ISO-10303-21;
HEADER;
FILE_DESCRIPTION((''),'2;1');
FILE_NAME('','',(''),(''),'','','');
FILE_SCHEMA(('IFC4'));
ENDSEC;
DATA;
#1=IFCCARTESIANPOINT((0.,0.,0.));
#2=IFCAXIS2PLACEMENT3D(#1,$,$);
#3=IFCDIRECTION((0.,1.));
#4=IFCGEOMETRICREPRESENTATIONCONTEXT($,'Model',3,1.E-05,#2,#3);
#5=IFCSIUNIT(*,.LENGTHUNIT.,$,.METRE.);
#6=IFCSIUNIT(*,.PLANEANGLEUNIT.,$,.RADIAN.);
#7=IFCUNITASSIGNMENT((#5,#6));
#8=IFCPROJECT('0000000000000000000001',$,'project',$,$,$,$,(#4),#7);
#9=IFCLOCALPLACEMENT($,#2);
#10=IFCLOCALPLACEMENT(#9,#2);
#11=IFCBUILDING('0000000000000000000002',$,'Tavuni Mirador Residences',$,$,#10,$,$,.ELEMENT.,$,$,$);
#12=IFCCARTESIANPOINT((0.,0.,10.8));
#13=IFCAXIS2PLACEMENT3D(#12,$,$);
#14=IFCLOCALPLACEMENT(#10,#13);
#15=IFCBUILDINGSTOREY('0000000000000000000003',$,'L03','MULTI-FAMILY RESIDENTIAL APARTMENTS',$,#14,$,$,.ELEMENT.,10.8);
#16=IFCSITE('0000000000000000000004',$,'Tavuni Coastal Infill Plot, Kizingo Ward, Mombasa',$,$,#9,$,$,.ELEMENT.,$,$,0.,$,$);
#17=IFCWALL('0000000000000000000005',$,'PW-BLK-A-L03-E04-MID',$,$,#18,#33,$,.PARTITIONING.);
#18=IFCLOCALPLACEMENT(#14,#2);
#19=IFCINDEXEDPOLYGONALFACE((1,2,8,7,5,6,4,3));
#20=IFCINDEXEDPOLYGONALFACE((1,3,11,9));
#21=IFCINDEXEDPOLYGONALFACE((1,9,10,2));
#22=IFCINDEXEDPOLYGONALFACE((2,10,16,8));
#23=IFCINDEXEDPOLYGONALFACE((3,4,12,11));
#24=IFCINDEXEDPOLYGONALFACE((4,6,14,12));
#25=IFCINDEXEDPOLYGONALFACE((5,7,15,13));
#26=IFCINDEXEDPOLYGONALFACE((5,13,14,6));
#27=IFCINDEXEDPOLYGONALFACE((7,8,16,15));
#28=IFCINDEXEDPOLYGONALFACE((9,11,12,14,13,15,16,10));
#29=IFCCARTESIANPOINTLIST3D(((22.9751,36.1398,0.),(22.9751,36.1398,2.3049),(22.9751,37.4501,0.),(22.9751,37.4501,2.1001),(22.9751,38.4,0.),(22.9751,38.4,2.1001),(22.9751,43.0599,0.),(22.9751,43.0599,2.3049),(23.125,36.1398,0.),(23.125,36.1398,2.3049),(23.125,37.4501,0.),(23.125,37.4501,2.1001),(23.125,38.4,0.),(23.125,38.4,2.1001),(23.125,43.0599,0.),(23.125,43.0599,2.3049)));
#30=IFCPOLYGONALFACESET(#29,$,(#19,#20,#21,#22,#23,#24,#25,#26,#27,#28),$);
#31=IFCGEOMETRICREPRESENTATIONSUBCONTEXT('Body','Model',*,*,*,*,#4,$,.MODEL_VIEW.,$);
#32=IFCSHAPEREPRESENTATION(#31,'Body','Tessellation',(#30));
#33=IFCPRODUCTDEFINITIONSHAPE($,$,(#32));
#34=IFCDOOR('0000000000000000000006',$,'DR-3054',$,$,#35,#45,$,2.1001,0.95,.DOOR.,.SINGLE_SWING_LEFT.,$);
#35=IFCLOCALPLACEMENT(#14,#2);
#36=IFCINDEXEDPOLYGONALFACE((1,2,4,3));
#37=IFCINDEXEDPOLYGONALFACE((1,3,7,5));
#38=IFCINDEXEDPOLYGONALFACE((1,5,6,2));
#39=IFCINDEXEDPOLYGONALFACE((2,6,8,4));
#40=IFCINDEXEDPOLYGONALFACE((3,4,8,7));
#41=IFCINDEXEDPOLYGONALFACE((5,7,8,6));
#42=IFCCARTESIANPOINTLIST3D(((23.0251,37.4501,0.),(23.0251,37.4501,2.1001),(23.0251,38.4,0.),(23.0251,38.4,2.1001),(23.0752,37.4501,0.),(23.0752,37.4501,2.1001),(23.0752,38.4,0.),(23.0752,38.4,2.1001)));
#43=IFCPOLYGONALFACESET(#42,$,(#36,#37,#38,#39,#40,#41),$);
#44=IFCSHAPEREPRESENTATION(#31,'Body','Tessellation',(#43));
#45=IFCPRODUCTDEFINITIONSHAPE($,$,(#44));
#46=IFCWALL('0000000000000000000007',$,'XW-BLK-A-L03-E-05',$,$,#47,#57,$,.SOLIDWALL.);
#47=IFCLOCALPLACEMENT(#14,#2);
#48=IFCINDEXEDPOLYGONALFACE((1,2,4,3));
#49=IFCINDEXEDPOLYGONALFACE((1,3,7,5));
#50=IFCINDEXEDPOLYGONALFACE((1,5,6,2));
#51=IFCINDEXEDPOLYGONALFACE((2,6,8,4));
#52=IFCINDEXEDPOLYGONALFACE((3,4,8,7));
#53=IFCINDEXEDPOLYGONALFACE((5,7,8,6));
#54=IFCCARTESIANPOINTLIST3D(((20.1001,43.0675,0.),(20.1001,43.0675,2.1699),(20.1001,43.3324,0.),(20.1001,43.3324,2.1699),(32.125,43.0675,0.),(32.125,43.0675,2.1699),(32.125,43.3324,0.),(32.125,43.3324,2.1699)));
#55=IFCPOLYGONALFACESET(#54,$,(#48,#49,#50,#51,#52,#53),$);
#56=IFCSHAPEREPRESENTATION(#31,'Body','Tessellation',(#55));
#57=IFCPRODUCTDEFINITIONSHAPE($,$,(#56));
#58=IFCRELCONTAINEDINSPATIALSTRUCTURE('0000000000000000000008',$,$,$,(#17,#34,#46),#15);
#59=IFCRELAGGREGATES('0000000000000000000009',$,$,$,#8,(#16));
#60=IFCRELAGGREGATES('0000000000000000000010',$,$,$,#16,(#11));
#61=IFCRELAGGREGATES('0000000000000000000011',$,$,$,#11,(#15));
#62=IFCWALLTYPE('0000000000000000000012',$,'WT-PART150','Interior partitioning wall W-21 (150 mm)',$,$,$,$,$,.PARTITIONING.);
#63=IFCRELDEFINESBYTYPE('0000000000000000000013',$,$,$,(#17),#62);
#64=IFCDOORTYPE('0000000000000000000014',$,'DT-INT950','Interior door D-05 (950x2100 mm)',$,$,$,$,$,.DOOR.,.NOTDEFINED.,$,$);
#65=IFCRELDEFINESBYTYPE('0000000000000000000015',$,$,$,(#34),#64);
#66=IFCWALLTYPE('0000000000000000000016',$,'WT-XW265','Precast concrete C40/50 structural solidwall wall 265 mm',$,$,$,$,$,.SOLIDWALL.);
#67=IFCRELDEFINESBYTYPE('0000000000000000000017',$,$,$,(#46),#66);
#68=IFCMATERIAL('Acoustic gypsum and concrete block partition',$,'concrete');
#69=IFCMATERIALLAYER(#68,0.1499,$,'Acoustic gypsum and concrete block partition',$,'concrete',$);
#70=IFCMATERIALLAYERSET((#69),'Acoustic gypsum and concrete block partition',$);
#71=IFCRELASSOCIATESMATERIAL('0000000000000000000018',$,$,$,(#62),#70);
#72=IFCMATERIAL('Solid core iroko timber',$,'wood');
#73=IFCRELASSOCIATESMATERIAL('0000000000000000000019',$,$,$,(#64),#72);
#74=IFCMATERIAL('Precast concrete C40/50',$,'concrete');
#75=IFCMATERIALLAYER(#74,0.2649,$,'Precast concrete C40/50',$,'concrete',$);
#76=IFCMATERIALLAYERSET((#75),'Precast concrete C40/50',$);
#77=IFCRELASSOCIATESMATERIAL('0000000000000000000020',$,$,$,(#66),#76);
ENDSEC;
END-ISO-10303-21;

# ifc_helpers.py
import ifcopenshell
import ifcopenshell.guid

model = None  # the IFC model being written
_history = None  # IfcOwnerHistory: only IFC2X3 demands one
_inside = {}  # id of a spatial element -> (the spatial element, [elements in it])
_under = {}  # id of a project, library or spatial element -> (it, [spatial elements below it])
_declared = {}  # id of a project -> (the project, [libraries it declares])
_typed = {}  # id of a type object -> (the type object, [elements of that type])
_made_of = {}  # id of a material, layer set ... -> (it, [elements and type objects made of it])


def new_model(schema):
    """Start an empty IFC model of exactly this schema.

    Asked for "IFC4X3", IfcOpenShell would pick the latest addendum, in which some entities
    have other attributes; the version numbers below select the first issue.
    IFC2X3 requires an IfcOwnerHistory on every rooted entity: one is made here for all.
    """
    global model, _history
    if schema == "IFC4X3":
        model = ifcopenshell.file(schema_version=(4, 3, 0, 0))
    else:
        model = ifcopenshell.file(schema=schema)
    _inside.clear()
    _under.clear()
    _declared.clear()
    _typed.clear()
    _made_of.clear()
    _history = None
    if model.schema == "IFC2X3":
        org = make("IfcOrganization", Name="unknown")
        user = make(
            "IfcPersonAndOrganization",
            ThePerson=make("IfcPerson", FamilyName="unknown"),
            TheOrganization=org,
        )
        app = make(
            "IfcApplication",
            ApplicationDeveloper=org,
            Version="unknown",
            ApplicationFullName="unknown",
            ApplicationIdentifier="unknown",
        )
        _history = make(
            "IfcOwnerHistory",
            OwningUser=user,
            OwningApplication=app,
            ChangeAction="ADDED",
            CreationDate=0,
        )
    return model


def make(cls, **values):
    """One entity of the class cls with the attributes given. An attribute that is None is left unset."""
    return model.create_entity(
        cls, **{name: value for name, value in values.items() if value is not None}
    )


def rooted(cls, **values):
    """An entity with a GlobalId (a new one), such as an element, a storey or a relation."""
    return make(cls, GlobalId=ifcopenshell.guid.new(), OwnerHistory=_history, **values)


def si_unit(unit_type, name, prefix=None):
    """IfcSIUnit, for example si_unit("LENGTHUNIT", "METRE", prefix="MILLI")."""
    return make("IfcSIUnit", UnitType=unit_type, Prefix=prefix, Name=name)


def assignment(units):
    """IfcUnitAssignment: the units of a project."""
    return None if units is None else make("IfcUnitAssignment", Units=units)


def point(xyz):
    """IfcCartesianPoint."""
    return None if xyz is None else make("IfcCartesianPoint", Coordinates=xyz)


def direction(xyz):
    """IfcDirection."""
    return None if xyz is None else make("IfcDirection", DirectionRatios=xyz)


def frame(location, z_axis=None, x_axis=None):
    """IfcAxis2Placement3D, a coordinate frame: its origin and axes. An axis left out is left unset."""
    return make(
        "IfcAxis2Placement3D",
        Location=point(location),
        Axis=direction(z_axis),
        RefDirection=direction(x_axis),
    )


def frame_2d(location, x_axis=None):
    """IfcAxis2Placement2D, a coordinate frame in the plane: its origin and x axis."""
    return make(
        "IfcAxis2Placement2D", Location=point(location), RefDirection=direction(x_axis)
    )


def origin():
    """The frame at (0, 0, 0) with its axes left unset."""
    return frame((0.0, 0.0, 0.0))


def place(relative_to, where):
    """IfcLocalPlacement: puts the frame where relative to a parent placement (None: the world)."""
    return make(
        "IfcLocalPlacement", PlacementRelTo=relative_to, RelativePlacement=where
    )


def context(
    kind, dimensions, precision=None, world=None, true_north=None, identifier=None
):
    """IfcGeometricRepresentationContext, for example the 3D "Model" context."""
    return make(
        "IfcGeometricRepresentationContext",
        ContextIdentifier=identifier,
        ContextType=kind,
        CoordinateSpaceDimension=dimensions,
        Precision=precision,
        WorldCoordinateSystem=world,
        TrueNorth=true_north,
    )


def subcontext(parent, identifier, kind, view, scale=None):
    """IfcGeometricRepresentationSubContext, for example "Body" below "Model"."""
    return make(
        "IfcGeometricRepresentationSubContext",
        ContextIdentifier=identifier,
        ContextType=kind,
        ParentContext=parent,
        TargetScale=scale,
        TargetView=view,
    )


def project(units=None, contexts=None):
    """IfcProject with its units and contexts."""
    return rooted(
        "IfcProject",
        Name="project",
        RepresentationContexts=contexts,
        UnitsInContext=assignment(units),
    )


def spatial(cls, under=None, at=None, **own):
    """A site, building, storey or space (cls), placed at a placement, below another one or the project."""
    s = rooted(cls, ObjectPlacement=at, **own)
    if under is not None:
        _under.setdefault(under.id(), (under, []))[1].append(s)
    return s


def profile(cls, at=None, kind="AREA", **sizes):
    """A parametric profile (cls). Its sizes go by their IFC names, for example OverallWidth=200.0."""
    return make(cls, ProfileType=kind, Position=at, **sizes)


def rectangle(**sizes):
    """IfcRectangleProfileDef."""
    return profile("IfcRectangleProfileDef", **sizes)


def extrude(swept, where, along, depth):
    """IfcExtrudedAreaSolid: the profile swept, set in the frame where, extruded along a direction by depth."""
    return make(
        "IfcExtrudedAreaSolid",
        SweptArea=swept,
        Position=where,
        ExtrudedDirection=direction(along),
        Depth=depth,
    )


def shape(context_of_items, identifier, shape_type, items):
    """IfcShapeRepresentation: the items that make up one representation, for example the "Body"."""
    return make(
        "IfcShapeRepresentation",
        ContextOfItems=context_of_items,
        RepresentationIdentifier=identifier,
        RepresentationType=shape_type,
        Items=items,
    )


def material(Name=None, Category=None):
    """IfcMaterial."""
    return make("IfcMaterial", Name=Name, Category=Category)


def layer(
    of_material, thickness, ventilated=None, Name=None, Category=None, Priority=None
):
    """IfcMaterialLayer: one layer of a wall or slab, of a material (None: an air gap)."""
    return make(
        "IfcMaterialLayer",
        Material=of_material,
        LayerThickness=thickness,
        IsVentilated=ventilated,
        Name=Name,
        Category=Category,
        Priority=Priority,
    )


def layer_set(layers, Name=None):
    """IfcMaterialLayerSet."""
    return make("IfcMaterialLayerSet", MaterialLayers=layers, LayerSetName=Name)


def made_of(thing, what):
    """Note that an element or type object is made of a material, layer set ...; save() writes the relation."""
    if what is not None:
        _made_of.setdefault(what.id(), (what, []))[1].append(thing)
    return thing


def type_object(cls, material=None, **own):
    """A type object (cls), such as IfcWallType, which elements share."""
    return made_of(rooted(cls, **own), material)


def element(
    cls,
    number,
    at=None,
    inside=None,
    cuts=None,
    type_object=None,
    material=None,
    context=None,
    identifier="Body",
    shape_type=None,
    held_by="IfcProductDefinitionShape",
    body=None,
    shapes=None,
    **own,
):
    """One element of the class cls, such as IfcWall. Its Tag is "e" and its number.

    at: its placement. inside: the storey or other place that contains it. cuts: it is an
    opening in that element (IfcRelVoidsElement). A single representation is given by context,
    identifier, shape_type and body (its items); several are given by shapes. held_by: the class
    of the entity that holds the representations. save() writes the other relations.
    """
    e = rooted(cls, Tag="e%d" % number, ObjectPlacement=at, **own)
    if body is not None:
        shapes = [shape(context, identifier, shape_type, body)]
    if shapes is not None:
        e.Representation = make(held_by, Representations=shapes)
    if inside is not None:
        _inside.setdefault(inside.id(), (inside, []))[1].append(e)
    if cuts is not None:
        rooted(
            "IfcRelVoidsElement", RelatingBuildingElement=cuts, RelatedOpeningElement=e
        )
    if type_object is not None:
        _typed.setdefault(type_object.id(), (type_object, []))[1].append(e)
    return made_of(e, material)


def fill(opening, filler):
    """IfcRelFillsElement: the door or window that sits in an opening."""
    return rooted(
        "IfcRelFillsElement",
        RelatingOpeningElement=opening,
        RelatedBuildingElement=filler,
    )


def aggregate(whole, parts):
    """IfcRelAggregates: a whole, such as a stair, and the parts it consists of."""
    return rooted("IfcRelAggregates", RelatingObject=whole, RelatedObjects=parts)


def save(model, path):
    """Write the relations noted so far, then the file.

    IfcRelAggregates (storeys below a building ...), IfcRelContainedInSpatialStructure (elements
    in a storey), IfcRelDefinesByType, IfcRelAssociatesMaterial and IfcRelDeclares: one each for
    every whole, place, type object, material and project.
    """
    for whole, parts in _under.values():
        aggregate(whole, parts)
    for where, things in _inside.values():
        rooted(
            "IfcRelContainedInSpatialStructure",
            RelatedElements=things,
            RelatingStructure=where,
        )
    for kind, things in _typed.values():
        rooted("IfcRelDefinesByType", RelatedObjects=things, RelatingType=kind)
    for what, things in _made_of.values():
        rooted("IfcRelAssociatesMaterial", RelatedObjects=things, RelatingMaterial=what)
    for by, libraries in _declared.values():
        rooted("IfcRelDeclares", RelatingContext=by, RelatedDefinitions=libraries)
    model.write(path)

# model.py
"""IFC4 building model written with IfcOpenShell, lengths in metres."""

from ifc_helpers import new_model, si_unit, direction, frame, frame_2d, origin, place, context, subcontext, project, spatial, rectangle, extrude, material, layer, layer_set, type_object, element, fill, save


model = new_model("IFC4")

# Units and contexts
model_context = context("Model", 3, precision=1e-05, world=origin(), true_north=direction((0.0, 1.0)))
body_context = subcontext(model_context, "Body", "Model", "MODEL_VIEW")
ifc_project = project(units=[si_unit("LENGTHUNIT", "METRE"), si_unit("PLANEANGLEUNIT", "RADIAN")], contexts=[model_context])

# Site, building, storey
site_placement = place(None, origin())
site = spatial("IfcSite", under=ifc_project, at=site_placement, Name="Tavuni Coastal Infill Plot, Kizingo Ward, Mombasa", CompositionType="ELEMENT", RefElevation=0.0)
building_placement = place(site_placement, origin())
building = spatial("IfcBuilding", under=site, at=building_placement, Name="Tavuni Mirador Residences", CompositionType="ELEMENT")
storey_placement = place(building_placement, frame((0.0, 0.0, 10.8)))
storey = spatial("IfcBuildingStorey", under=building, at=storey_placement, Name="L03", Description="MULTI-FAMILY RESIDENTIAL APARTMENTS", CompositionType="ELEMENT", Elevation=10.8)

# Shared definitions
ifc_material_1 = material(Name="Precast concrete C40/50", Category="concrete")

# Wall, opening, door
ifc_material_2 = material(Name="Solid core iroko timber", Category="wood")
ifc_material_3 = material(Name="Acoustic gypsum and concrete block partition", Category="concrete")
ifc_layer_1 = layer(ifc_material_3, 0.1499, Name="Acoustic gypsum and concrete block partition", Category="concrete")
ifc_layer_set_1 = layer_set([ifc_layer_1], Name="Acoustic gypsum and concrete block partition")
wall_type_1 = type_object("IfcWallType", Name="WT-PART150", Description="Interior partitioning wall W-21 (150 mm)", PredefinedType="PARTITIONING", material=ifc_layer_set_1)
wall_1_placement = place(storey_placement, frame((23.05, 36.1399, 0.0), z_axis=(0.0, 0.0, 1.0), x_axis=(0.0, 1.0, 0.0)))
wall_1 = element("IfcWall", 1, at=wall_1_placement, inside=storey, type_object=wall_type_1, Name="PW-BLK-A-L03-E04-MID", PredefinedType="PARTITIONING", context=body_context, shape_type="SweptSolid", body=[
    extrude(rectangle(XDim=6.9202, YDim=0.1499, at=frame_2d((3.46, 0.0))), origin(), (0.0, 0.0, 1.0), 2.3049),
])
opening_1_placement = place(wall_1_placement, frame((1.3101, 0.0, 0.0)))
opening_1 = element("IfcOpeningElement", 2, at=opening_1_placement, cuts=wall_1, PredefinedType="OPENING", context=body_context, shape_type="SweptSolid", body=[
    extrude(rectangle(XDim=0.95, YDim=2.1001, at=frame_2d((0.4751, 1.05))), frame((0.0, 0.085, 0.0), z_axis=(0.0, -1.0, 0.0), x_axis=(1.0, 0.0, 0.0)), (0.0, 0.0, 1.0), 0.1699),
])
door_type_1 = type_object("IfcDoorType", Name="DT-INT950", Description="Interior door D-05 (950x2100 mm)", OperationType="NOTDEFINED", PredefinedType="DOOR", material=ifc_material_2)
door_1_placement = place(opening_1_placement, origin())
door_1 = element("IfcDoor", 3, at=door_1_placement, inside=storey, type_object=door_type_1, Name="DR-3054", OperationType="SINGLE_SWING_LEFT", OverallHeight=2.1001, OverallWidth=0.95, PredefinedType="DOOR", context=body_context, shape_type="SweptSolid", body=[
    extrude(rectangle(XDim=0.95, YDim=2.1001, at=frame_2d((0.4751, 1.05))), frame((0.0, 0.0249, 0.0), z_axis=(0.0, -1.0, 0.0), x_axis=(1.0, 0.0, 0.0)), (0.0, 0.0, 1.0), 0.05),
])
fill(opening_1, door_1)

# Wall
ifc_layer_2 = layer(ifc_material_1, 0.2649, Name="Precast concrete C40/50", Category="concrete")
ifc_layer_set_2 = layer_set([ifc_layer_2], Name="Precast concrete C40/50")
wall_type_2 = type_object("IfcWallType", Name="WT-XW265", Description="Precast concrete C40/50 structural solidwall wall 265 mm", PredefinedType="SOLIDWALL", material=ifc_layer_set_2)
wall_2_placement = place(storey_placement, frame((20.1001, 43.2, 0.0), z_axis=(0.0, 0.0, 1.0), x_axis=(1.0, 0.0, 0.0)))
element("IfcWall", 4, at=wall_2_placement, inside=storey, type_object=wall_type_2, Name="XW-BLK-A-L03-E-05", PredefinedType="SOLIDWALL", context=body_context, shape_type="SweptSolid", body=[
    extrude(rectangle(XDim=12.0249, YDim=0.2649, at=frame_2d((6.0125, 0.0))), origin(), (0.0, 0.0, 1.0), 2.1699),
])

save(model, "model.ifc")
